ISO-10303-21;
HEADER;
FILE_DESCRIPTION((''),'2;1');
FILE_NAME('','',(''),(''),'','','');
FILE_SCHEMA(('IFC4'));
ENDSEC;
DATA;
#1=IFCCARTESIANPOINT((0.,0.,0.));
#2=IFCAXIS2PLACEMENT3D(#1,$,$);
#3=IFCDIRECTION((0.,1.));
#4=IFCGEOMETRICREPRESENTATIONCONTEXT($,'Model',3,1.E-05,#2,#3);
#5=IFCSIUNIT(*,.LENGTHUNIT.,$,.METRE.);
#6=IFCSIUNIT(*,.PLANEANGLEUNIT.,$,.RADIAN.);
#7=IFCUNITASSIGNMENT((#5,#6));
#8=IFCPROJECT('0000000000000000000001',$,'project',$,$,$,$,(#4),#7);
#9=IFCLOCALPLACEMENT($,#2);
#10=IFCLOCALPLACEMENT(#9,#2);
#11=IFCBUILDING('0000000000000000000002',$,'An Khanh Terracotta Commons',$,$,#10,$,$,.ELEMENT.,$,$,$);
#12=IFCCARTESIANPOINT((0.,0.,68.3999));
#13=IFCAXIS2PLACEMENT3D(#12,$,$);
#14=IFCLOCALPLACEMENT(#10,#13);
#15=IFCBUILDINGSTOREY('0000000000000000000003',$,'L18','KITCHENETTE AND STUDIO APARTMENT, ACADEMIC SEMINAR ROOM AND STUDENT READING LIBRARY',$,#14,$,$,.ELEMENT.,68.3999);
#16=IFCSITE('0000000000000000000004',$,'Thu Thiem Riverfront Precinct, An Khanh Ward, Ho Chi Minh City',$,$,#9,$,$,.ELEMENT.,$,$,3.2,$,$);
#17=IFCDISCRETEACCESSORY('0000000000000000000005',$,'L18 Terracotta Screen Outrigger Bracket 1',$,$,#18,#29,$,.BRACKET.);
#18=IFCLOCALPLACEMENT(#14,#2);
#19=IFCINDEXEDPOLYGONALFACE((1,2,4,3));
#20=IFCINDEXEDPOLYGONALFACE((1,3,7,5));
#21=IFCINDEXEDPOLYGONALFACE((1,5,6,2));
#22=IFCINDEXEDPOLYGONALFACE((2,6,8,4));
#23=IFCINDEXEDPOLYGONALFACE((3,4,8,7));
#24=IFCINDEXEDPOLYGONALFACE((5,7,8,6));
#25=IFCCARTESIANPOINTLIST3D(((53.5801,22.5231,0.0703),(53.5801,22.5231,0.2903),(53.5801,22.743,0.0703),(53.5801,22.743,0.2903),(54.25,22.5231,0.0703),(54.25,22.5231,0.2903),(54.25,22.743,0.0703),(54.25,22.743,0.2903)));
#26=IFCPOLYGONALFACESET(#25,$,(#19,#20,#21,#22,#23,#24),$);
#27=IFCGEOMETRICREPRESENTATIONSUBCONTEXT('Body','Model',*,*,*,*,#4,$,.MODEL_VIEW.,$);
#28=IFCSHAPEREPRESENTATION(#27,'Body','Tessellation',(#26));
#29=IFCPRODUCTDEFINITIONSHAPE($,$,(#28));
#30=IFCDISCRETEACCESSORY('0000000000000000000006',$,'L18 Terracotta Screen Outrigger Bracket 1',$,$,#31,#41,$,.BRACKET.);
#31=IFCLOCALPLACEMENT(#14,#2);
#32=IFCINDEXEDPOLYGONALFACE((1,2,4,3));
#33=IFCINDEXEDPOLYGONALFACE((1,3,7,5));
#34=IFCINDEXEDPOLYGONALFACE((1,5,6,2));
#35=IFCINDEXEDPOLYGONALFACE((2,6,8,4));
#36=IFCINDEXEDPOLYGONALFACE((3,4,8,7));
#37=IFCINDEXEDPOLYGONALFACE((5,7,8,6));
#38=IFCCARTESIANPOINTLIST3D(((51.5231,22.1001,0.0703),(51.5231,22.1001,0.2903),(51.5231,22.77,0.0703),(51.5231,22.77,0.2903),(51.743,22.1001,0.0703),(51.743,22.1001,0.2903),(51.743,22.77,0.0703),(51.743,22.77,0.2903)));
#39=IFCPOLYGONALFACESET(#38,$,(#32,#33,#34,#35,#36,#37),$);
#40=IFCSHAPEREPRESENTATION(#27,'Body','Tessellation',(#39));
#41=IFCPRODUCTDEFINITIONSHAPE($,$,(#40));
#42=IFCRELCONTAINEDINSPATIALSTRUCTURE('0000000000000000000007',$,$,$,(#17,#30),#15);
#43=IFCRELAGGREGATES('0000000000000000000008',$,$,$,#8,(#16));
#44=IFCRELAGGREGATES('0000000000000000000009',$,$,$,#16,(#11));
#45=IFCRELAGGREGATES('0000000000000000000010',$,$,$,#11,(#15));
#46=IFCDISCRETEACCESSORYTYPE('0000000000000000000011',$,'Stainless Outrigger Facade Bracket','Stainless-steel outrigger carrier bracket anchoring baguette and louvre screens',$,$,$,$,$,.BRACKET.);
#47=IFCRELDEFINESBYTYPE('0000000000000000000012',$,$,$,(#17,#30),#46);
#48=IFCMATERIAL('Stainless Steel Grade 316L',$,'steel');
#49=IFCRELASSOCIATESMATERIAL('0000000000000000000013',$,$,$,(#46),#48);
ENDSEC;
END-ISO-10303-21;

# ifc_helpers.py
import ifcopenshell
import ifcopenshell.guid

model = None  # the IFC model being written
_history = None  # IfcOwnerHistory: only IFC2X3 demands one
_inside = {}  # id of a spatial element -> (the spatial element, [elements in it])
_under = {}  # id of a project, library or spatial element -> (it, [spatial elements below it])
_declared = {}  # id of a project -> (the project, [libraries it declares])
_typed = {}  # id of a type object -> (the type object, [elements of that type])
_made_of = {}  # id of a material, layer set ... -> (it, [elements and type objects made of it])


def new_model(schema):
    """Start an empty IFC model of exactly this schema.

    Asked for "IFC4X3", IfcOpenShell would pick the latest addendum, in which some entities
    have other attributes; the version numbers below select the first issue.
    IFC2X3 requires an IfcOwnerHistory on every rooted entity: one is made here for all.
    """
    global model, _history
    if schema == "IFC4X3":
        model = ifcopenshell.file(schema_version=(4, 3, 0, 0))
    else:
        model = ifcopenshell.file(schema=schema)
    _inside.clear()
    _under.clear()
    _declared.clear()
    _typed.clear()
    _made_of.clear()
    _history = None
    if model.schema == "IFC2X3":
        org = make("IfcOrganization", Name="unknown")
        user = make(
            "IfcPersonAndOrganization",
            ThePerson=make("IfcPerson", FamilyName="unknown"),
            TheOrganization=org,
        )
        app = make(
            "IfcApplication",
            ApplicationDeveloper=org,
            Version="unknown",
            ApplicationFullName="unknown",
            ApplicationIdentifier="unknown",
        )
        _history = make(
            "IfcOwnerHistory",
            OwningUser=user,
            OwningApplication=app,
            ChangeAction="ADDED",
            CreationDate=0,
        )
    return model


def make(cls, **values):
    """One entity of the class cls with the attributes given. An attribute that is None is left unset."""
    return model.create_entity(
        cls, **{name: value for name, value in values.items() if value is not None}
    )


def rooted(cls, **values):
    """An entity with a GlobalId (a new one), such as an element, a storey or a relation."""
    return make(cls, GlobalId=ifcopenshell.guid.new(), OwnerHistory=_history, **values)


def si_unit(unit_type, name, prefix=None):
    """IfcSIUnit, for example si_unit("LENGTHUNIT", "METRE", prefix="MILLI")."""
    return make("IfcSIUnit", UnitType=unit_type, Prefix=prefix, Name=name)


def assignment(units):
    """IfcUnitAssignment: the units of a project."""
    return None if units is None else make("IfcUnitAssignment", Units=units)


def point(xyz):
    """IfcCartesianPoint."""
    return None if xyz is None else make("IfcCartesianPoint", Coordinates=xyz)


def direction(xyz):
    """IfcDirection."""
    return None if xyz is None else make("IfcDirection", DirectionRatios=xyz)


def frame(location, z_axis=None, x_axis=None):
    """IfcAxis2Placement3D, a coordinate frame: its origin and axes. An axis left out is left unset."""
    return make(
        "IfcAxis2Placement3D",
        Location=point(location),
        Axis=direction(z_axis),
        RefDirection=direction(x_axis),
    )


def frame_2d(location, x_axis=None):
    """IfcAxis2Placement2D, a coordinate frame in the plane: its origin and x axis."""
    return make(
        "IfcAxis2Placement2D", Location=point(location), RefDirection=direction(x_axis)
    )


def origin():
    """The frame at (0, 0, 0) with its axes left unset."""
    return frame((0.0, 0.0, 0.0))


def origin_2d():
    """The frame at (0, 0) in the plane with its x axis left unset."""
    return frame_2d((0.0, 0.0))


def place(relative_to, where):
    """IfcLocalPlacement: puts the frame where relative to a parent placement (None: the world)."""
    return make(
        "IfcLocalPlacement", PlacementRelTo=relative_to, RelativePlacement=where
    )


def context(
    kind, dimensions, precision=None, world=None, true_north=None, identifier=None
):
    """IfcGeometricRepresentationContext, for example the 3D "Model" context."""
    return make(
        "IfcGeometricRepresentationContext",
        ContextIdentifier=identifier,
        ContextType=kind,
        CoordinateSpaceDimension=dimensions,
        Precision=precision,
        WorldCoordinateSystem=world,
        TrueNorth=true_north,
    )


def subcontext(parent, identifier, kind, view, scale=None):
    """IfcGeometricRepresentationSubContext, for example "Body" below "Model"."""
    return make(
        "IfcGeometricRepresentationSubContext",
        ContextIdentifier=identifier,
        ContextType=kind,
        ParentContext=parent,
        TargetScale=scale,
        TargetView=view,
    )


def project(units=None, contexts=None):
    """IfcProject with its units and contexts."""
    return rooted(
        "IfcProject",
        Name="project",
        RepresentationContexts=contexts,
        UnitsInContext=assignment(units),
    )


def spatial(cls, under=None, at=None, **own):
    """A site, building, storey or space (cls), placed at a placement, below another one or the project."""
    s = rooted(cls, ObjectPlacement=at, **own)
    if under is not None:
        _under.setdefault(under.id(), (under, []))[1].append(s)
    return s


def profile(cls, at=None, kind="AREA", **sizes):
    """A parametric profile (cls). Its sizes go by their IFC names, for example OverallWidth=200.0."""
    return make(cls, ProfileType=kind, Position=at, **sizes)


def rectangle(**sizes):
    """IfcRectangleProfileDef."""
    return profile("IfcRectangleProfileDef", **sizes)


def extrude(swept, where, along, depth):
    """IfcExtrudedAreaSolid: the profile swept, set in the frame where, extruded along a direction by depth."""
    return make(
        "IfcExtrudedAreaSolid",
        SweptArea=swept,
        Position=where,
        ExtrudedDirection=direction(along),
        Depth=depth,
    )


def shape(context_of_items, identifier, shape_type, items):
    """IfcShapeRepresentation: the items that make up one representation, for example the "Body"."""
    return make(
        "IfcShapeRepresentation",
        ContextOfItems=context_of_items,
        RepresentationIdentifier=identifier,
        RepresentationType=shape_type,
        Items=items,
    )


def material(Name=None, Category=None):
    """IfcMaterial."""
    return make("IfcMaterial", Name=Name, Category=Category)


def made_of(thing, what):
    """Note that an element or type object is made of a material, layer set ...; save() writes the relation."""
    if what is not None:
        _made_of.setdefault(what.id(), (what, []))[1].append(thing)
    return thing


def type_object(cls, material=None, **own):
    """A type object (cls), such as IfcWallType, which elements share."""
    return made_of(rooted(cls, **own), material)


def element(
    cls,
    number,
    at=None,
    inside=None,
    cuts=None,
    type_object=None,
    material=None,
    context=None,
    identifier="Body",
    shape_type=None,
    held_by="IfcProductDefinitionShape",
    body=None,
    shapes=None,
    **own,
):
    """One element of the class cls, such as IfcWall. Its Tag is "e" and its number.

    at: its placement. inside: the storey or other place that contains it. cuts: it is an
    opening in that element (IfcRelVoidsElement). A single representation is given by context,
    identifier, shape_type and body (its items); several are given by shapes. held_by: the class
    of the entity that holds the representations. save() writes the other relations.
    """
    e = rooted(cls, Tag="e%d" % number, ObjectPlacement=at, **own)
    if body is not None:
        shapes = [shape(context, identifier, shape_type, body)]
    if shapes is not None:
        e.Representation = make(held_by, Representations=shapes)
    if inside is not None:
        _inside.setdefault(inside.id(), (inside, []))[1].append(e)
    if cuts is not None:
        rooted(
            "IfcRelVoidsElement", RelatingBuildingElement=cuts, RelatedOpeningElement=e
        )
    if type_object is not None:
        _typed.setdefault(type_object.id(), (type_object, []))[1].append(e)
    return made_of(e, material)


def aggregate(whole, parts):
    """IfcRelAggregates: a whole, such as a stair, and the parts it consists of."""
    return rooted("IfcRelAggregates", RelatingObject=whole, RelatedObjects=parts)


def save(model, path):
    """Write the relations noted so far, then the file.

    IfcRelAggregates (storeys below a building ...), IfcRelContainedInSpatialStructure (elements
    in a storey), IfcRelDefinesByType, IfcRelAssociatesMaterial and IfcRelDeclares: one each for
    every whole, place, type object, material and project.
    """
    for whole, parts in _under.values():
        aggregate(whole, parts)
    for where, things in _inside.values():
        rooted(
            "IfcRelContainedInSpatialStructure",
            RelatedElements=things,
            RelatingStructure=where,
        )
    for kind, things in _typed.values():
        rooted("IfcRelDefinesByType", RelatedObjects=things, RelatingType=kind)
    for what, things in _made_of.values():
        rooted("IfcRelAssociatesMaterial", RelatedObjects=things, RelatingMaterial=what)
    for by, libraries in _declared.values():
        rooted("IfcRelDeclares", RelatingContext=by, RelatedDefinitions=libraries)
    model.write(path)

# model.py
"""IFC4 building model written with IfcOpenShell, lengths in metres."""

from ifc_helpers import new_model, si_unit, direction, frame, origin, origin_2d, place, context, subcontext, project, spatial, rectangle, extrude, material, type_object, element, save


model = new_model("IFC4")

# Units and contexts
model_context = context("Model", 3, precision=1e-05, world=origin(), true_north=direction((0.0, 1.0)))
body_context = subcontext(model_context, "Body", "Model", "MODEL_VIEW")
ifc_project = project(units=[si_unit("LENGTHUNIT", "METRE"), si_unit("PLANEANGLEUNIT", "RADIAN")], contexts=[model_context])

# Site, building, storey
site_placement = place(None, origin())
site = spatial("IfcSite", under=ifc_project, at=site_placement, Name="Thu Thiem Riverfront Precinct, An Khanh Ward, Ho Chi Minh City", CompositionType="ELEMENT", RefElevation=3.2)
building_placement = place(site_placement, origin())
building = spatial("IfcBuilding", under=site, at=building_placement, Name="An Khanh Terracotta Commons", CompositionType="ELEMENT")
storey_placement = place(building_placement, frame((0.0, 0.0, 68.3999)))
storey = spatial("IfcBuildingStorey", under=building, at=storey_placement, Name="L18", Description="KITCHENETTE AND STUDIO APARTMENT, ACADEMIC SEMINAR ROOM AND STUDENT READING LIBRARY", CompositionType="ELEMENT", Elevation=68.3999)

# Discrete accessories
ifc_material_1 = material(Name="Stainless Steel Grade 316L", Category="steel")
discrete_accessory_type = type_object("IfcDiscreteAccessoryType", Name="Stainless Outrigger Facade Bracket", Description="Stainless-steel outrigger carrier bracket anchoring baguette and louvre screens", PredefinedType="BRACKET", material=ifc_material_1)
for number, where, z_axis, x_axis, name in (
    (1, (53.915, 22.6331, 0.0703), (0.0, 0.0, 1.0), (0.0, 1.0, 0.0), "L18 Terracotta Screen Outrigger Bracket 1"),
    (2, (51.6331, 22.4351, 0.0703), (0.0, 0.0, 1.0), (1.0, 0.0, 0.0), "L18 Terracotta Screen Outrigger Bracket 1"),
):
    element("IfcDiscreteAccessory", number, at=place(storey_placement, frame(where, z_axis=z_axis, x_axis=x_axis)), inside=storey, type_object=discrete_accessory_type, Name=name, PredefinedType="BRACKET", context=body_context, shape_type="SweptSolid", body=[
        extrude(rectangle(XDim=0.22, YDim=0.6699, at=origin_2d()), origin(), (0.0, 0.0, 1.0), 0.22),
    ])

save(model, "model.ifc")
